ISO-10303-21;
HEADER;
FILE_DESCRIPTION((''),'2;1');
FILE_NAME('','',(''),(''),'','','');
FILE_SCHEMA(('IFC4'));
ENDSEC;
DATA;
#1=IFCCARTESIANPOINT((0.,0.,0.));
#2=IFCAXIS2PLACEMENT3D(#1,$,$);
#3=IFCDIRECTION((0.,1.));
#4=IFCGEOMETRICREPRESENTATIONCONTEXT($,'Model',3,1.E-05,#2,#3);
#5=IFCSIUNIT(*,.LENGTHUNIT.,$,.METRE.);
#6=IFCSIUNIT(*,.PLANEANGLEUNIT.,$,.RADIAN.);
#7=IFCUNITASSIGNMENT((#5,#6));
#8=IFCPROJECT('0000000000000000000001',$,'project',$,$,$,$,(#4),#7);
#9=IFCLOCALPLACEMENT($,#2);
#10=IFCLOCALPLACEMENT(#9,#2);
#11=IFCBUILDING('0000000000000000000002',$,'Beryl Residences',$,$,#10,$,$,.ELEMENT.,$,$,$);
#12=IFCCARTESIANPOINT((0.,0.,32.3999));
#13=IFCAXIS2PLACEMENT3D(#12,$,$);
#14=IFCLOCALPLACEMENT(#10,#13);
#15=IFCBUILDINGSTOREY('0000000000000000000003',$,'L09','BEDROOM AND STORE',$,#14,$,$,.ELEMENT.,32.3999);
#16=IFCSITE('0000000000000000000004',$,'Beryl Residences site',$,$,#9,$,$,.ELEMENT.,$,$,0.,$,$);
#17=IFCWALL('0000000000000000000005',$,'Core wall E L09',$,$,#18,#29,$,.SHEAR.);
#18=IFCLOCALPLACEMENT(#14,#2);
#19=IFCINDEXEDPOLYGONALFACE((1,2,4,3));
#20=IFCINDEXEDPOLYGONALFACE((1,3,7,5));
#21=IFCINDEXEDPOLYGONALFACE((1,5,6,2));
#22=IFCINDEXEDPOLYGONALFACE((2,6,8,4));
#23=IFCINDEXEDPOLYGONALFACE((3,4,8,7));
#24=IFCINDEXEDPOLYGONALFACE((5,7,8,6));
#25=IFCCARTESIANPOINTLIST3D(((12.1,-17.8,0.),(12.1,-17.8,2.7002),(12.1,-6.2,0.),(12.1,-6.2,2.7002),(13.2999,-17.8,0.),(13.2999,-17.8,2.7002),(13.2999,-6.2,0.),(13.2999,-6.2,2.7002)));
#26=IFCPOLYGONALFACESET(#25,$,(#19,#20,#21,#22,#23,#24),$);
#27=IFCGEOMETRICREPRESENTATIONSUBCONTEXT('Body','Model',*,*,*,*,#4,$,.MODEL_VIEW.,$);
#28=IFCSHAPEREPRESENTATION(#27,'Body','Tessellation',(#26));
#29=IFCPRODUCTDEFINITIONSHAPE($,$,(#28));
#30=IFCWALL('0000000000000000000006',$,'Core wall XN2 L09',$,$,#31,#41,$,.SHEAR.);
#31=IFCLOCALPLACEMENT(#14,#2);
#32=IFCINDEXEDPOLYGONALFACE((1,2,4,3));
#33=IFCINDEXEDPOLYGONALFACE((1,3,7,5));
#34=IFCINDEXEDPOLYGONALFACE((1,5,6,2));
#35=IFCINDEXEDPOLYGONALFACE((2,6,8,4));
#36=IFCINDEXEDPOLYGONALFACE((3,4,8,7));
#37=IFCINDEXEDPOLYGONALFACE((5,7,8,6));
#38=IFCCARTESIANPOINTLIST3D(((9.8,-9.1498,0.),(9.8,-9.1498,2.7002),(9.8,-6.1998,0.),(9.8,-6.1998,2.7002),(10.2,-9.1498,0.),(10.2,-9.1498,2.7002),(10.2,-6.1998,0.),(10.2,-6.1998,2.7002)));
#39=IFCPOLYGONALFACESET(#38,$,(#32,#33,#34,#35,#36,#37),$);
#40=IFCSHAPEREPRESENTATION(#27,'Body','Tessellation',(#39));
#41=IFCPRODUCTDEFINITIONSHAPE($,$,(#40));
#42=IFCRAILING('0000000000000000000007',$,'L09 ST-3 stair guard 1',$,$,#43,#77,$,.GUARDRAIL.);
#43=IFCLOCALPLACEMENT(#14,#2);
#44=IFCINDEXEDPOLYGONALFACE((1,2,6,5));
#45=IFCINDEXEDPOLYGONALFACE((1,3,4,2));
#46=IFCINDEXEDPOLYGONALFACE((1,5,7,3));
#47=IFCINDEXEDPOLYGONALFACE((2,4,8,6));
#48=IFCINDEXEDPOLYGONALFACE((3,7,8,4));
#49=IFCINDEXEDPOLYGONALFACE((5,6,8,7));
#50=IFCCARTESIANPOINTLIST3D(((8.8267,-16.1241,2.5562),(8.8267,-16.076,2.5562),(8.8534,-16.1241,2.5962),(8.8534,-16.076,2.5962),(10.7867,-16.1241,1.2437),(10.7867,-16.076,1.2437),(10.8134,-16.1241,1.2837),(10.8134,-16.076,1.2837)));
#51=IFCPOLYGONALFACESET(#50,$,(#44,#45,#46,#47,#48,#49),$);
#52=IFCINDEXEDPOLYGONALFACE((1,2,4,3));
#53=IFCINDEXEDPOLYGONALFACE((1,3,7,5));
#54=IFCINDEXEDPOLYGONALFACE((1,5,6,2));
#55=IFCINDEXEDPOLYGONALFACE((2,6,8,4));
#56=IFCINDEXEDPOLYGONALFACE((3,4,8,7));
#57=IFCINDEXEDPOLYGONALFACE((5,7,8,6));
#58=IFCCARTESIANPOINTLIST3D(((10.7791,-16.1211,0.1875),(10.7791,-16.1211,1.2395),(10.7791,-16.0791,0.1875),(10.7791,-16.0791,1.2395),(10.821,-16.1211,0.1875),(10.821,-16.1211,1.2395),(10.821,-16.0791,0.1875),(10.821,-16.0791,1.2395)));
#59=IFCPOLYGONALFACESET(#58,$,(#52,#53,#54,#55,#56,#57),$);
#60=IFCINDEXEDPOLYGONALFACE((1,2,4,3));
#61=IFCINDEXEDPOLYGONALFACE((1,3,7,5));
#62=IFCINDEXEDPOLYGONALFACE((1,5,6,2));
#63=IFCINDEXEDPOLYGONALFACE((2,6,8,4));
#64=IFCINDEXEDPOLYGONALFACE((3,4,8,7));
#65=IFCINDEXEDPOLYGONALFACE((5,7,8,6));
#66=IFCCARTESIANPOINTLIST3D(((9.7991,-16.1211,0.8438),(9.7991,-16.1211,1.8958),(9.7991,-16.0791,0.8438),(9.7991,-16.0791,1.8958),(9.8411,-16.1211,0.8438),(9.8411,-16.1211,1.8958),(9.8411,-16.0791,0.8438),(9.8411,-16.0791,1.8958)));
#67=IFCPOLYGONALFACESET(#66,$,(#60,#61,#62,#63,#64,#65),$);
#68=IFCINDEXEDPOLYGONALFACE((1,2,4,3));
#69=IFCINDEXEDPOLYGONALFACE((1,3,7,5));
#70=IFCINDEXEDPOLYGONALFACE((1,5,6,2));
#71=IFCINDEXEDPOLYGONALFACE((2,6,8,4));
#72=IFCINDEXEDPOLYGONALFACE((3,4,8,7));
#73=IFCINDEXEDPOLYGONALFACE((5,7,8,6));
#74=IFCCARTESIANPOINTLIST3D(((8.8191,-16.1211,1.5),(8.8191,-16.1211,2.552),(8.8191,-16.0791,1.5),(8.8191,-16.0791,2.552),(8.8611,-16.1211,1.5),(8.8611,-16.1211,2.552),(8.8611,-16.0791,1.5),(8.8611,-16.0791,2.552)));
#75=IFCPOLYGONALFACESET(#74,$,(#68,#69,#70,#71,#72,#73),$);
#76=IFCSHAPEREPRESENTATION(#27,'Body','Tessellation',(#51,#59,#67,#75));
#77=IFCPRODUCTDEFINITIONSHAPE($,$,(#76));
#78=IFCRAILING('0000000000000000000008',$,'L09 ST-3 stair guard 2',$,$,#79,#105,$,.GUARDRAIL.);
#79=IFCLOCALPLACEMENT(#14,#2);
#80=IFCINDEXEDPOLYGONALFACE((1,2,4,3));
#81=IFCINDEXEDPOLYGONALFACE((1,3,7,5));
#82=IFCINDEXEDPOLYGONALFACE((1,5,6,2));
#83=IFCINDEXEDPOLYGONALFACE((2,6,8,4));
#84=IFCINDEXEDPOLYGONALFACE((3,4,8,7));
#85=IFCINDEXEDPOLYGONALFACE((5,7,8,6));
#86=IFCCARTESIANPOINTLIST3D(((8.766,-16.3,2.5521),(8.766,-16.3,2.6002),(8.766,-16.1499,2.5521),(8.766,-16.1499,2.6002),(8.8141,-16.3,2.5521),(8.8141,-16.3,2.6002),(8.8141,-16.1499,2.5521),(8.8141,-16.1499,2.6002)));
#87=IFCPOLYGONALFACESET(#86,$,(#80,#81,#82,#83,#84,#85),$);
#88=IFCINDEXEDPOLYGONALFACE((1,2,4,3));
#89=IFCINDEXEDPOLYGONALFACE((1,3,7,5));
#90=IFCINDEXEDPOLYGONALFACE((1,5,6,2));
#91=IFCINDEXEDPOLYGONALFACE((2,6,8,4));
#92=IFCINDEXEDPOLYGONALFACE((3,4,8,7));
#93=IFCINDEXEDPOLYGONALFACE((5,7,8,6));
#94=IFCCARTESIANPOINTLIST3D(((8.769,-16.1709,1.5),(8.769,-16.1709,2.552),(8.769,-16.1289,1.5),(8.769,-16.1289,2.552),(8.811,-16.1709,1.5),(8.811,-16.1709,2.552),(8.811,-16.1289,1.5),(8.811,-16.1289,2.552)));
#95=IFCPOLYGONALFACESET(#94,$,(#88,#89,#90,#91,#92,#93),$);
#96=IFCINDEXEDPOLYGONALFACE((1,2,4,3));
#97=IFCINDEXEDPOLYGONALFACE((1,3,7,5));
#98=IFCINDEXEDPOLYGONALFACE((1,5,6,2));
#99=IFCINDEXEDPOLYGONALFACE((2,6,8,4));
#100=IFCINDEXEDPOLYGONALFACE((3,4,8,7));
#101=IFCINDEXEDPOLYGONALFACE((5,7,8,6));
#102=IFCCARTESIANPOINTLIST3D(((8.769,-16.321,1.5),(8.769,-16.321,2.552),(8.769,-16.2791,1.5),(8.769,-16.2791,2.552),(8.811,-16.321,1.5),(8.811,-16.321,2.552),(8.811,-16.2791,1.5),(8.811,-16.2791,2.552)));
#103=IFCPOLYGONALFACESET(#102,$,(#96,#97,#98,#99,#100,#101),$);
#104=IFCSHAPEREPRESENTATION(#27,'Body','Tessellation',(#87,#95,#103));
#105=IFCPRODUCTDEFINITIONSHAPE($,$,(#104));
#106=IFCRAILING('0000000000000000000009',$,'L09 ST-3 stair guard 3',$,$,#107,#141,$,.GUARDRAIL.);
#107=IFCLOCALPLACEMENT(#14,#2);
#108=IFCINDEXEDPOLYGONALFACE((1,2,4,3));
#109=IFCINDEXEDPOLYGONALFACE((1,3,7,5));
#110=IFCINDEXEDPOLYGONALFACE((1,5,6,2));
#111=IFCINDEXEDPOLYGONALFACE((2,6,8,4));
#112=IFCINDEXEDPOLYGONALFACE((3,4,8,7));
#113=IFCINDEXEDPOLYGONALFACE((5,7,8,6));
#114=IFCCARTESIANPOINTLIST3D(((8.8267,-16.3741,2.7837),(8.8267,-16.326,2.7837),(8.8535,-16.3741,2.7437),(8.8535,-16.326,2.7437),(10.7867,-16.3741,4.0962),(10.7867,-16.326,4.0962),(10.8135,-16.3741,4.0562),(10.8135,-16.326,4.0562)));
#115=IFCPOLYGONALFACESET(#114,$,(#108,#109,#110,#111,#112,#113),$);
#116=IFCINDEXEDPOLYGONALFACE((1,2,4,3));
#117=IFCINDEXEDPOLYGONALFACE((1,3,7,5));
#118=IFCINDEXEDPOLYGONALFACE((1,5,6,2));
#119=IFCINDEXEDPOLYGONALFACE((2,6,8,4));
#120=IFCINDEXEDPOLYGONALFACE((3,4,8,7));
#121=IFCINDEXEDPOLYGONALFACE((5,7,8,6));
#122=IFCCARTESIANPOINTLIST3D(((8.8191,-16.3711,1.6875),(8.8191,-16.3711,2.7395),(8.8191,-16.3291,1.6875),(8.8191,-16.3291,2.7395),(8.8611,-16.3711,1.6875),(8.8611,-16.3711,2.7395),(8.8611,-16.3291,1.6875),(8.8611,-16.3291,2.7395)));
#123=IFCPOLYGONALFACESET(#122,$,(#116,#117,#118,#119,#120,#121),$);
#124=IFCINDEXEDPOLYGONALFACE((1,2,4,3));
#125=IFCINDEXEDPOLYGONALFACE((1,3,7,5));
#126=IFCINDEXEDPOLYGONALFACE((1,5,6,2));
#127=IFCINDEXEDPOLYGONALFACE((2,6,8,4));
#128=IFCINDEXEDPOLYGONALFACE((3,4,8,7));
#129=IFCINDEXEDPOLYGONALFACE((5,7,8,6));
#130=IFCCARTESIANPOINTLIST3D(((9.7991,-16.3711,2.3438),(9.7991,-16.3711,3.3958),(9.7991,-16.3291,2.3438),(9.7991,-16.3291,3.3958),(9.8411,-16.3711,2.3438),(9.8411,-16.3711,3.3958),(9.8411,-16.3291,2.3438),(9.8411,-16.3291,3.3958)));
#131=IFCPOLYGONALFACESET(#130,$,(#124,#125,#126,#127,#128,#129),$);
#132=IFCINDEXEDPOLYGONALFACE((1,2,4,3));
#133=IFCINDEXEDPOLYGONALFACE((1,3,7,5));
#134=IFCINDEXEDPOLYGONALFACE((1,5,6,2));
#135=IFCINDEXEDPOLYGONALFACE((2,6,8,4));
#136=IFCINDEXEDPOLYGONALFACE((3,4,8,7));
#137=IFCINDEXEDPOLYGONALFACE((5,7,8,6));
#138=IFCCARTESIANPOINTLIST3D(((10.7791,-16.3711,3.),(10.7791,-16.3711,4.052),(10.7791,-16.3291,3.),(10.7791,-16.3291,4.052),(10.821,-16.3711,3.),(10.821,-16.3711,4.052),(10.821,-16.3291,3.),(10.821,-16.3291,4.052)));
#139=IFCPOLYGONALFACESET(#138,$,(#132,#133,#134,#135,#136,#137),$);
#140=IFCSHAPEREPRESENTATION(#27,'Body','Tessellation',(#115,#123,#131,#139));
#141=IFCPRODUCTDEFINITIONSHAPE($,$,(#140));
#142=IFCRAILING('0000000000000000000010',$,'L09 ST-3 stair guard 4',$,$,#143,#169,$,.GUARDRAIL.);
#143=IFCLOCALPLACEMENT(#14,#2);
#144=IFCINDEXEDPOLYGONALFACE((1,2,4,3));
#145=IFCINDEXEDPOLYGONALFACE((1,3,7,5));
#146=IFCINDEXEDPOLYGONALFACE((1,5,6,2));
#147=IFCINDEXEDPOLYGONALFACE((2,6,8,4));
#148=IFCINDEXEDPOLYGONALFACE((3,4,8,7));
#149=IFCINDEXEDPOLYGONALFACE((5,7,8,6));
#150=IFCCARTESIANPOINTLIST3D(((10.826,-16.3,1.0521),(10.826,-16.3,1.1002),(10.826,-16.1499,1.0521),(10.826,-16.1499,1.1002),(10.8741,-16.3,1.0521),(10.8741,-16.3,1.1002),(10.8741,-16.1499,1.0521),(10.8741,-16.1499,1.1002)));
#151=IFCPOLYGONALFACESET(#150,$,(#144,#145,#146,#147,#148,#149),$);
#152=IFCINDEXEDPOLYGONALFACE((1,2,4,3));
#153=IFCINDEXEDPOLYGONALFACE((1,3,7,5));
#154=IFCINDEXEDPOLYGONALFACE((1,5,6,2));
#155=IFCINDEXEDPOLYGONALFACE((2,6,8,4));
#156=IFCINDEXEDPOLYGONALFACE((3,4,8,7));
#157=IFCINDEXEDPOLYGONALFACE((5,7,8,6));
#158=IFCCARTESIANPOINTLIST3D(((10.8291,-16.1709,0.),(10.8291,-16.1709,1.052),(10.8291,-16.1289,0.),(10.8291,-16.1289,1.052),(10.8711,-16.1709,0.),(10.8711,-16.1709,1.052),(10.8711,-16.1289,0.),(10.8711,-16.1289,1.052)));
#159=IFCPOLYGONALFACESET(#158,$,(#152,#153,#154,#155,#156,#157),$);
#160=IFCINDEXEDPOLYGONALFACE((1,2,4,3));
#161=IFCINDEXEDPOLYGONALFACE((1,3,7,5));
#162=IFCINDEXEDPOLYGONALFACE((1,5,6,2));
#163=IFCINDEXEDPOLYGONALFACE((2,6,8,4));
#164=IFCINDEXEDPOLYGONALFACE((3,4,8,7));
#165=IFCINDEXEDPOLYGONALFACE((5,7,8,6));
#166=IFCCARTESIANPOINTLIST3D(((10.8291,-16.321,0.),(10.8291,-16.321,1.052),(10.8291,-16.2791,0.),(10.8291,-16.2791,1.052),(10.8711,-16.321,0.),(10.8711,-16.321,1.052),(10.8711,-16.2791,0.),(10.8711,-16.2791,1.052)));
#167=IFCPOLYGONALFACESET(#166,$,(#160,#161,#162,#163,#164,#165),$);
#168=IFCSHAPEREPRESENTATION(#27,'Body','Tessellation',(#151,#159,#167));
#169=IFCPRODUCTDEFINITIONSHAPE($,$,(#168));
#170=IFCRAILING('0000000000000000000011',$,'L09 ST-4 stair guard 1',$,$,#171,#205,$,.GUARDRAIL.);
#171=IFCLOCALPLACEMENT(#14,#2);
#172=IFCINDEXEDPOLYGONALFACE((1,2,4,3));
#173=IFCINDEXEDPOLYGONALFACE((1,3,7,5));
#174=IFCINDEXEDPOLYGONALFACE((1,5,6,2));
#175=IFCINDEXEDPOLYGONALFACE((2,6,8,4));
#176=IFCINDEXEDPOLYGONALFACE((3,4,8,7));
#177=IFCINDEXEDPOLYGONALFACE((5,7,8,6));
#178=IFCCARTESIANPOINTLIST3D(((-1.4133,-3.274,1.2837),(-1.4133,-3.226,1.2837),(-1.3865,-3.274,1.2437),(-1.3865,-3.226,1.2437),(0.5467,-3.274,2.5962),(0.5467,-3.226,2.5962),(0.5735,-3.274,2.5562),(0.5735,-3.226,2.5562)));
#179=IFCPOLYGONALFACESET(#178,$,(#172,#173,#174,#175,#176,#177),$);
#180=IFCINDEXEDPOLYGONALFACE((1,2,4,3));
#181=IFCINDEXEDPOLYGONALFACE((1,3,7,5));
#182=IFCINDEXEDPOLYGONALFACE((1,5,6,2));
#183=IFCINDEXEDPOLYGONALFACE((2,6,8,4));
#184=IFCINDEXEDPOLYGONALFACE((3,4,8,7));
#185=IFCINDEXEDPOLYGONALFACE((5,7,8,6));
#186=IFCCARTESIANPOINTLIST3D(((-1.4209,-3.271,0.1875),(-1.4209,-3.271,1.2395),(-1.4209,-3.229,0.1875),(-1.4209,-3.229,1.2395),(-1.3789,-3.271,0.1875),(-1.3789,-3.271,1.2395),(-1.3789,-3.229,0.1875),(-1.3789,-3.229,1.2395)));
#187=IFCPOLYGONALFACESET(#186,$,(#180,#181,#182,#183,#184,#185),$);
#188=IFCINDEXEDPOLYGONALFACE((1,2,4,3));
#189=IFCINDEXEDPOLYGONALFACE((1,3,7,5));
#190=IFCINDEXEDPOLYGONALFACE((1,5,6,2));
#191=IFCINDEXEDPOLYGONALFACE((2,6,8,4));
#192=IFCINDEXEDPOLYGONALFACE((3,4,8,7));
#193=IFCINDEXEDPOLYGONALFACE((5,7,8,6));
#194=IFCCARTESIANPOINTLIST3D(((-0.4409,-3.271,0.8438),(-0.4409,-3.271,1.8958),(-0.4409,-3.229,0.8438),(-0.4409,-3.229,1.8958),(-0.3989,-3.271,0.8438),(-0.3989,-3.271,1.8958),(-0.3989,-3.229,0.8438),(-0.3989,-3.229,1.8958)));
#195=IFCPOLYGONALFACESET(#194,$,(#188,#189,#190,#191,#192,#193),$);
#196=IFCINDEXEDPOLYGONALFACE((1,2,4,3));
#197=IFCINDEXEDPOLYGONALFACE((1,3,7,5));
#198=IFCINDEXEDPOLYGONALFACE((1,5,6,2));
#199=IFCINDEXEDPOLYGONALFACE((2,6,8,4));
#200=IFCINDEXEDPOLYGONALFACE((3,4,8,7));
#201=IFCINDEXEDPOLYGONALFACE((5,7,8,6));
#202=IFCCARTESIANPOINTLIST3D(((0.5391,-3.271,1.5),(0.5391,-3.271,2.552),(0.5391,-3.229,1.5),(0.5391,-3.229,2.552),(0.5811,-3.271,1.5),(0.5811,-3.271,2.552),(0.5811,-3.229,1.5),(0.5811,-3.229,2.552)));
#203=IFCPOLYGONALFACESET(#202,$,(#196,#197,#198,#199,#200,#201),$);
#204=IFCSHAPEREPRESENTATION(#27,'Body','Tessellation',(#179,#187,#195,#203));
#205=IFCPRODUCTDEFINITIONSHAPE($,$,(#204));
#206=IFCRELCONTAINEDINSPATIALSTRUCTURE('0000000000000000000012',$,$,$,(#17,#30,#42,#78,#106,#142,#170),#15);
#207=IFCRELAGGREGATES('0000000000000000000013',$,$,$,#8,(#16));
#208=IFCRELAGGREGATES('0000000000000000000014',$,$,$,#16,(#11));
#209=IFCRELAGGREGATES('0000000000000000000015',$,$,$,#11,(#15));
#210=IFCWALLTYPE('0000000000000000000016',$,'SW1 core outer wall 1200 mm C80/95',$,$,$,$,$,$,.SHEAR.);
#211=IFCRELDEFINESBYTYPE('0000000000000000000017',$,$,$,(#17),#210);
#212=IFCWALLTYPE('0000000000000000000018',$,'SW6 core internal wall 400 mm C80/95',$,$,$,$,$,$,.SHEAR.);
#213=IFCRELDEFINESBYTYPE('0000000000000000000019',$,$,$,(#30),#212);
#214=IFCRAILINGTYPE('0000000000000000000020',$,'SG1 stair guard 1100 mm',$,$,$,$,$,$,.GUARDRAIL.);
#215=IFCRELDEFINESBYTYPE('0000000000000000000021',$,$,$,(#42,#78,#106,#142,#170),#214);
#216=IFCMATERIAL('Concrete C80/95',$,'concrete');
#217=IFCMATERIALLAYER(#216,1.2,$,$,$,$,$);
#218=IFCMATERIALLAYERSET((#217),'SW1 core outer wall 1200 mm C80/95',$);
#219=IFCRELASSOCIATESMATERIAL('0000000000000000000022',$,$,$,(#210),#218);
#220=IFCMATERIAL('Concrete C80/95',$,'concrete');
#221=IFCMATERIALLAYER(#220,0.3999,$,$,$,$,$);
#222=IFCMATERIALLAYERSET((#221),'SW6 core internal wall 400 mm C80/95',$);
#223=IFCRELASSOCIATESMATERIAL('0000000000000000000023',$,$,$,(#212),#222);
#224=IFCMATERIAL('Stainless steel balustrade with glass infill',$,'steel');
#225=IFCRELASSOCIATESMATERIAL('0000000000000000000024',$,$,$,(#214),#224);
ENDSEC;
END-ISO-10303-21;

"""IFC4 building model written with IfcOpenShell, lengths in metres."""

from ifc_helpers import new_model, si_unit, direction, frame, frame_2d, origin, origin_2d, place, context, subcontext, project, spatial, rectangle, extrude, material, layer, layer_set, type_object, element, save


model = new_model("IFC4")

# Units and contexts
model_context = context("Model", 3, precision=1e-05, world=origin(), true_north=direction((0.0, 1.0)))
body_context = subcontext(model_context, "Body", "Model", "MODEL_VIEW")
ifc_project = project(units=[si_unit("LENGTHUNIT", "METRE"), si_unit("PLANEANGLEUNIT", "RADIAN")], contexts=[model_context])

# Site, building, storey
site_placement = place(None, origin())
site = spatial("IfcSite", under=ifc_project, at=site_placement, Name="Beryl Residences site", CompositionType="ELEMENT", RefElevation=0.0)
building_placement = place(site_placement, origin())
building = spatial("IfcBuilding", under=site, at=building_placement, Name="Beryl Residences", CompositionType="ELEMENT")
storey_placement = place(building_placement, frame((0.0, 0.0, 32.3999)))
storey = spatial("IfcBuildingStorey", under=building, at=storey_placement, Name="L09", Description="BEDROOM AND STORE", CompositionType="ELEMENT", Elevation=32.3999)

# Walls
ifc_material_1 = material(Name="Concrete C80/95", Category="concrete")
ifc_layer_1 = layer(ifc_material_1, 1.2)
ifc_layer_set_1 = layer_set([ifc_layer_1], Name="SW1 core outer wall 1200 mm C80/95")
wall_type_1 = type_object("IfcWallType", Name="SW1 core outer wall 1200 mm C80/95", PredefinedType="SHEAR", material=ifc_layer_set_1)
wall_1_placement = place(storey_placement, frame((12.7, -17.8, 0.0), z_axis=(0.0, 0.0, 1.0), x_axis=(0.0, 1.0, 0.0)))
element("IfcWall", 1, at=wall_1_placement, inside=storey, type_object=wall_type_1, Name="Core wall E L09", PredefinedType="SHEAR", context=body_context, shape_type="SweptSolid", body=[
    extrude(rectangle(XDim=11.6001, YDim=1.2, at=frame_2d((5.8, 0.0))), origin(), (0.0, 0.0, 1.0), 2.7002),
])
ifc_material_2 = material(Name="Concrete C80/95", Category="concrete")
ifc_layer_2 = layer(ifc_material_2, 0.3999)
ifc_layer_set_2 = layer_set([ifc_layer_2], Name="SW6 core internal wall 400 mm C80/95")
wall_type_2 = type_object("IfcWallType", Name="SW6 core internal wall 400 mm C80/95", PredefinedType="SHEAR", material=ifc_layer_set_2)
wall_2_placement = place(storey_placement, frame((10.0, -9.1499, 0.0), z_axis=(0.0, 0.0, 1.0), x_axis=(0.0, 1.0, 0.0)))
element("IfcWall", 2, at=wall_2_placement, inside=storey, type_object=wall_type_2, Name="Core wall XN2 L09", PredefinedType="SHEAR", context=body_context, shape_type="SweptSolid", body=[
    extrude(rectangle(XDim=2.95, YDim=0.3999, at=frame_2d((1.4751, 0.0))), origin(), (0.0, 0.0, 1.0), 2.7002),
])

# Railings
ifc_material_3 = material(Name="Stainless steel balustrade with glass infill", Category="steel")
railing_type_1 = type_object("IfcRailingType", Name="SG1 stair guard 1100 mm", PredefinedType="GUARDRAIL", material=ifc_material_3)
railing_1_placement = place(storey_placement, frame((10.8, -16.1001, 0.1875)))
element("IfcRailing", 3, at=railing_1_placement, inside=storey, type_object=railing_type_1, Name="L09 ST-3 stair guard 1", PredefinedType="GUARDRAIL", context=body_context, shape_type="SweptSolid", body=[
    extrude(rectangle(XDim=0.0481, YDim=0.0481, at=origin_2d()), frame((0.0, 0.0, 1.0762), z_axis=(-0.830902, 0.0, 0.556419), x_axis=(0.0, -1.0, 0.0)), (0.0, 0.0, 1.0), 2.3589),
    extrude(rectangle(XDim=0.042, YDim=0.042, at=origin_2d()), origin(), (0.0, 0.0, 1.0), 1.052),
    extrude(rectangle(XDim=0.042, YDim=0.042, at=origin_2d()), frame((-0.98, 0.0, 0.6562)), (0.0, 0.0, 1.0), 1.052),
    extrude(rectangle(XDim=0.042, YDim=0.042, at=origin_2d()), frame((-1.96, 0.0, 1.3125)), (0.0, 0.0, 1.0), 1.052),
])
railing_2_placement = place(storey_placement, frame((8.79, -16.1499, 1.5)))
element("IfcRailing", 4, at=railing_2_placement, inside=storey, type_object=railing_type_1, Name="L09 ST-3 stair guard 2", PredefinedType="GUARDRAIL", context=body_context, shape_type="SweptSolid", body=[
    extrude(rectangle(XDim=0.0481, YDim=0.0481, at=origin_2d()), frame((0.0, 0.0, 1.0762), z_axis=(0.0, -1.0, 0.0), x_axis=(1.0, 0.0, 0.0)), (0.0, 0.0, 1.0), 0.1501),
    extrude(rectangle(XDim=0.042, YDim=0.042, at=origin_2d()), origin(), (0.0, 0.0, 1.0), 1.052),
    extrude(rectangle(XDim=0.042, YDim=0.042, at=origin_2d()), frame((0.0, -0.1501, 0.0)), (0.0, 0.0, 1.0), 1.052),
])
railing_3_placement = place(storey_placement, frame((8.8401, -16.3501, 1.6875)))
element("IfcRailing", 5, at=railing_3_placement, inside=storey, type_object=railing_type_1, Name="L09 ST-3 stair guard 3", PredefinedType="GUARDRAIL", context=body_context, shape_type="SweptSolid", body=[
    extrude(rectangle(XDim=0.0481, YDim=0.0481, at=origin_2d()), frame((0.0, 0.0, 1.0762), z_axis=(0.830902, 0.0, 0.556419), x_axis=(0.0, 1.0, 0.0)), (0.0, 0.0, 1.0), 2.3589),
    extrude(rectangle(XDim=0.042, YDim=0.042, at=origin_2d()), origin(), (0.0, 0.0, 1.0), 1.052),
    extrude(rectangle(XDim=0.042, YDim=0.042, at=origin_2d()), frame((0.98, 0.0, 0.6562)), (0.0, 0.0, 1.0), 1.052),
    extrude(rectangle(XDim=0.042, YDim=0.042, at=origin_2d()), frame((1.96, 0.0, 1.3125)), (0.0, 0.0, 1.0), 1.052),
])
railing_4_placement = place(storey_placement, frame((10.8501, -16.1499, 0.0)))
element("IfcRailing", 6, at=railing_4_placement, inside=storey, type_object=railing_type_1, Name="L09 ST-3 stair guard 4", PredefinedType="GUARDRAIL", context=body_context, shape_type="SweptSolid", body=[
    extrude(rectangle(XDim=0.0481, YDim=0.0481, at=origin_2d()), frame((0.0, 0.0, 1.0762), z_axis=(0.0, -1.0, 0.0), x_axis=(1.0, 0.0, 0.0)), (0.0, 0.0, 1.0), 0.1501),
    extrude(rectangle(XDim=0.042, YDim=0.042, at=origin_2d()), origin(), (0.0, 0.0, 1.0), 1.052),
    extrude(rectangle(XDim=0.042, YDim=0.042, at=origin_2d()), frame((0.0, -0.1501, 0.0)), (0.0, 0.0, 1.0), 1.052),
])
railing_5_placement = place(storey_placement, frame((-1.3999, -3.25, 0.1875)))
element("IfcRailing", 7, at=railing_5_placement, inside=storey, type_object=railing_type_1, Name="L09 ST-4 stair guard 1", PredefinedType="GUARDRAIL", context=body_context, shape_type="SweptSolid", body=[
    extrude(rectangle(XDim=0.0481, YDim=0.0481, at=origin_2d()), frame((0.0, 0.0, 1.0762), z_axis=(0.830902, 0.0, 0.556419), x_axis=(0.0, 1.0, 0.0)), (0.0, 0.0, 1.0), 2.3589),
    extrude(rectangle(XDim=0.042, YDim=0.042, at=origin_2d()), origin(), (0.0, 0.0, 1.0), 1.052),
    extrude(rectangle(XDim=0.042, YDim=0.042, at=origin_2d()), frame((0.98, 0.0, 0.6562)), (0.0, 0.0, 1.0), 1.052),
    extrude(rectangle(XDim=0.042, YDim=0.042, at=origin_2d()), frame((1.96, 0.0, 1.3125)), (0.0, 0.0, 1.0), 1.052),
])

save(model, "model.ifc")
